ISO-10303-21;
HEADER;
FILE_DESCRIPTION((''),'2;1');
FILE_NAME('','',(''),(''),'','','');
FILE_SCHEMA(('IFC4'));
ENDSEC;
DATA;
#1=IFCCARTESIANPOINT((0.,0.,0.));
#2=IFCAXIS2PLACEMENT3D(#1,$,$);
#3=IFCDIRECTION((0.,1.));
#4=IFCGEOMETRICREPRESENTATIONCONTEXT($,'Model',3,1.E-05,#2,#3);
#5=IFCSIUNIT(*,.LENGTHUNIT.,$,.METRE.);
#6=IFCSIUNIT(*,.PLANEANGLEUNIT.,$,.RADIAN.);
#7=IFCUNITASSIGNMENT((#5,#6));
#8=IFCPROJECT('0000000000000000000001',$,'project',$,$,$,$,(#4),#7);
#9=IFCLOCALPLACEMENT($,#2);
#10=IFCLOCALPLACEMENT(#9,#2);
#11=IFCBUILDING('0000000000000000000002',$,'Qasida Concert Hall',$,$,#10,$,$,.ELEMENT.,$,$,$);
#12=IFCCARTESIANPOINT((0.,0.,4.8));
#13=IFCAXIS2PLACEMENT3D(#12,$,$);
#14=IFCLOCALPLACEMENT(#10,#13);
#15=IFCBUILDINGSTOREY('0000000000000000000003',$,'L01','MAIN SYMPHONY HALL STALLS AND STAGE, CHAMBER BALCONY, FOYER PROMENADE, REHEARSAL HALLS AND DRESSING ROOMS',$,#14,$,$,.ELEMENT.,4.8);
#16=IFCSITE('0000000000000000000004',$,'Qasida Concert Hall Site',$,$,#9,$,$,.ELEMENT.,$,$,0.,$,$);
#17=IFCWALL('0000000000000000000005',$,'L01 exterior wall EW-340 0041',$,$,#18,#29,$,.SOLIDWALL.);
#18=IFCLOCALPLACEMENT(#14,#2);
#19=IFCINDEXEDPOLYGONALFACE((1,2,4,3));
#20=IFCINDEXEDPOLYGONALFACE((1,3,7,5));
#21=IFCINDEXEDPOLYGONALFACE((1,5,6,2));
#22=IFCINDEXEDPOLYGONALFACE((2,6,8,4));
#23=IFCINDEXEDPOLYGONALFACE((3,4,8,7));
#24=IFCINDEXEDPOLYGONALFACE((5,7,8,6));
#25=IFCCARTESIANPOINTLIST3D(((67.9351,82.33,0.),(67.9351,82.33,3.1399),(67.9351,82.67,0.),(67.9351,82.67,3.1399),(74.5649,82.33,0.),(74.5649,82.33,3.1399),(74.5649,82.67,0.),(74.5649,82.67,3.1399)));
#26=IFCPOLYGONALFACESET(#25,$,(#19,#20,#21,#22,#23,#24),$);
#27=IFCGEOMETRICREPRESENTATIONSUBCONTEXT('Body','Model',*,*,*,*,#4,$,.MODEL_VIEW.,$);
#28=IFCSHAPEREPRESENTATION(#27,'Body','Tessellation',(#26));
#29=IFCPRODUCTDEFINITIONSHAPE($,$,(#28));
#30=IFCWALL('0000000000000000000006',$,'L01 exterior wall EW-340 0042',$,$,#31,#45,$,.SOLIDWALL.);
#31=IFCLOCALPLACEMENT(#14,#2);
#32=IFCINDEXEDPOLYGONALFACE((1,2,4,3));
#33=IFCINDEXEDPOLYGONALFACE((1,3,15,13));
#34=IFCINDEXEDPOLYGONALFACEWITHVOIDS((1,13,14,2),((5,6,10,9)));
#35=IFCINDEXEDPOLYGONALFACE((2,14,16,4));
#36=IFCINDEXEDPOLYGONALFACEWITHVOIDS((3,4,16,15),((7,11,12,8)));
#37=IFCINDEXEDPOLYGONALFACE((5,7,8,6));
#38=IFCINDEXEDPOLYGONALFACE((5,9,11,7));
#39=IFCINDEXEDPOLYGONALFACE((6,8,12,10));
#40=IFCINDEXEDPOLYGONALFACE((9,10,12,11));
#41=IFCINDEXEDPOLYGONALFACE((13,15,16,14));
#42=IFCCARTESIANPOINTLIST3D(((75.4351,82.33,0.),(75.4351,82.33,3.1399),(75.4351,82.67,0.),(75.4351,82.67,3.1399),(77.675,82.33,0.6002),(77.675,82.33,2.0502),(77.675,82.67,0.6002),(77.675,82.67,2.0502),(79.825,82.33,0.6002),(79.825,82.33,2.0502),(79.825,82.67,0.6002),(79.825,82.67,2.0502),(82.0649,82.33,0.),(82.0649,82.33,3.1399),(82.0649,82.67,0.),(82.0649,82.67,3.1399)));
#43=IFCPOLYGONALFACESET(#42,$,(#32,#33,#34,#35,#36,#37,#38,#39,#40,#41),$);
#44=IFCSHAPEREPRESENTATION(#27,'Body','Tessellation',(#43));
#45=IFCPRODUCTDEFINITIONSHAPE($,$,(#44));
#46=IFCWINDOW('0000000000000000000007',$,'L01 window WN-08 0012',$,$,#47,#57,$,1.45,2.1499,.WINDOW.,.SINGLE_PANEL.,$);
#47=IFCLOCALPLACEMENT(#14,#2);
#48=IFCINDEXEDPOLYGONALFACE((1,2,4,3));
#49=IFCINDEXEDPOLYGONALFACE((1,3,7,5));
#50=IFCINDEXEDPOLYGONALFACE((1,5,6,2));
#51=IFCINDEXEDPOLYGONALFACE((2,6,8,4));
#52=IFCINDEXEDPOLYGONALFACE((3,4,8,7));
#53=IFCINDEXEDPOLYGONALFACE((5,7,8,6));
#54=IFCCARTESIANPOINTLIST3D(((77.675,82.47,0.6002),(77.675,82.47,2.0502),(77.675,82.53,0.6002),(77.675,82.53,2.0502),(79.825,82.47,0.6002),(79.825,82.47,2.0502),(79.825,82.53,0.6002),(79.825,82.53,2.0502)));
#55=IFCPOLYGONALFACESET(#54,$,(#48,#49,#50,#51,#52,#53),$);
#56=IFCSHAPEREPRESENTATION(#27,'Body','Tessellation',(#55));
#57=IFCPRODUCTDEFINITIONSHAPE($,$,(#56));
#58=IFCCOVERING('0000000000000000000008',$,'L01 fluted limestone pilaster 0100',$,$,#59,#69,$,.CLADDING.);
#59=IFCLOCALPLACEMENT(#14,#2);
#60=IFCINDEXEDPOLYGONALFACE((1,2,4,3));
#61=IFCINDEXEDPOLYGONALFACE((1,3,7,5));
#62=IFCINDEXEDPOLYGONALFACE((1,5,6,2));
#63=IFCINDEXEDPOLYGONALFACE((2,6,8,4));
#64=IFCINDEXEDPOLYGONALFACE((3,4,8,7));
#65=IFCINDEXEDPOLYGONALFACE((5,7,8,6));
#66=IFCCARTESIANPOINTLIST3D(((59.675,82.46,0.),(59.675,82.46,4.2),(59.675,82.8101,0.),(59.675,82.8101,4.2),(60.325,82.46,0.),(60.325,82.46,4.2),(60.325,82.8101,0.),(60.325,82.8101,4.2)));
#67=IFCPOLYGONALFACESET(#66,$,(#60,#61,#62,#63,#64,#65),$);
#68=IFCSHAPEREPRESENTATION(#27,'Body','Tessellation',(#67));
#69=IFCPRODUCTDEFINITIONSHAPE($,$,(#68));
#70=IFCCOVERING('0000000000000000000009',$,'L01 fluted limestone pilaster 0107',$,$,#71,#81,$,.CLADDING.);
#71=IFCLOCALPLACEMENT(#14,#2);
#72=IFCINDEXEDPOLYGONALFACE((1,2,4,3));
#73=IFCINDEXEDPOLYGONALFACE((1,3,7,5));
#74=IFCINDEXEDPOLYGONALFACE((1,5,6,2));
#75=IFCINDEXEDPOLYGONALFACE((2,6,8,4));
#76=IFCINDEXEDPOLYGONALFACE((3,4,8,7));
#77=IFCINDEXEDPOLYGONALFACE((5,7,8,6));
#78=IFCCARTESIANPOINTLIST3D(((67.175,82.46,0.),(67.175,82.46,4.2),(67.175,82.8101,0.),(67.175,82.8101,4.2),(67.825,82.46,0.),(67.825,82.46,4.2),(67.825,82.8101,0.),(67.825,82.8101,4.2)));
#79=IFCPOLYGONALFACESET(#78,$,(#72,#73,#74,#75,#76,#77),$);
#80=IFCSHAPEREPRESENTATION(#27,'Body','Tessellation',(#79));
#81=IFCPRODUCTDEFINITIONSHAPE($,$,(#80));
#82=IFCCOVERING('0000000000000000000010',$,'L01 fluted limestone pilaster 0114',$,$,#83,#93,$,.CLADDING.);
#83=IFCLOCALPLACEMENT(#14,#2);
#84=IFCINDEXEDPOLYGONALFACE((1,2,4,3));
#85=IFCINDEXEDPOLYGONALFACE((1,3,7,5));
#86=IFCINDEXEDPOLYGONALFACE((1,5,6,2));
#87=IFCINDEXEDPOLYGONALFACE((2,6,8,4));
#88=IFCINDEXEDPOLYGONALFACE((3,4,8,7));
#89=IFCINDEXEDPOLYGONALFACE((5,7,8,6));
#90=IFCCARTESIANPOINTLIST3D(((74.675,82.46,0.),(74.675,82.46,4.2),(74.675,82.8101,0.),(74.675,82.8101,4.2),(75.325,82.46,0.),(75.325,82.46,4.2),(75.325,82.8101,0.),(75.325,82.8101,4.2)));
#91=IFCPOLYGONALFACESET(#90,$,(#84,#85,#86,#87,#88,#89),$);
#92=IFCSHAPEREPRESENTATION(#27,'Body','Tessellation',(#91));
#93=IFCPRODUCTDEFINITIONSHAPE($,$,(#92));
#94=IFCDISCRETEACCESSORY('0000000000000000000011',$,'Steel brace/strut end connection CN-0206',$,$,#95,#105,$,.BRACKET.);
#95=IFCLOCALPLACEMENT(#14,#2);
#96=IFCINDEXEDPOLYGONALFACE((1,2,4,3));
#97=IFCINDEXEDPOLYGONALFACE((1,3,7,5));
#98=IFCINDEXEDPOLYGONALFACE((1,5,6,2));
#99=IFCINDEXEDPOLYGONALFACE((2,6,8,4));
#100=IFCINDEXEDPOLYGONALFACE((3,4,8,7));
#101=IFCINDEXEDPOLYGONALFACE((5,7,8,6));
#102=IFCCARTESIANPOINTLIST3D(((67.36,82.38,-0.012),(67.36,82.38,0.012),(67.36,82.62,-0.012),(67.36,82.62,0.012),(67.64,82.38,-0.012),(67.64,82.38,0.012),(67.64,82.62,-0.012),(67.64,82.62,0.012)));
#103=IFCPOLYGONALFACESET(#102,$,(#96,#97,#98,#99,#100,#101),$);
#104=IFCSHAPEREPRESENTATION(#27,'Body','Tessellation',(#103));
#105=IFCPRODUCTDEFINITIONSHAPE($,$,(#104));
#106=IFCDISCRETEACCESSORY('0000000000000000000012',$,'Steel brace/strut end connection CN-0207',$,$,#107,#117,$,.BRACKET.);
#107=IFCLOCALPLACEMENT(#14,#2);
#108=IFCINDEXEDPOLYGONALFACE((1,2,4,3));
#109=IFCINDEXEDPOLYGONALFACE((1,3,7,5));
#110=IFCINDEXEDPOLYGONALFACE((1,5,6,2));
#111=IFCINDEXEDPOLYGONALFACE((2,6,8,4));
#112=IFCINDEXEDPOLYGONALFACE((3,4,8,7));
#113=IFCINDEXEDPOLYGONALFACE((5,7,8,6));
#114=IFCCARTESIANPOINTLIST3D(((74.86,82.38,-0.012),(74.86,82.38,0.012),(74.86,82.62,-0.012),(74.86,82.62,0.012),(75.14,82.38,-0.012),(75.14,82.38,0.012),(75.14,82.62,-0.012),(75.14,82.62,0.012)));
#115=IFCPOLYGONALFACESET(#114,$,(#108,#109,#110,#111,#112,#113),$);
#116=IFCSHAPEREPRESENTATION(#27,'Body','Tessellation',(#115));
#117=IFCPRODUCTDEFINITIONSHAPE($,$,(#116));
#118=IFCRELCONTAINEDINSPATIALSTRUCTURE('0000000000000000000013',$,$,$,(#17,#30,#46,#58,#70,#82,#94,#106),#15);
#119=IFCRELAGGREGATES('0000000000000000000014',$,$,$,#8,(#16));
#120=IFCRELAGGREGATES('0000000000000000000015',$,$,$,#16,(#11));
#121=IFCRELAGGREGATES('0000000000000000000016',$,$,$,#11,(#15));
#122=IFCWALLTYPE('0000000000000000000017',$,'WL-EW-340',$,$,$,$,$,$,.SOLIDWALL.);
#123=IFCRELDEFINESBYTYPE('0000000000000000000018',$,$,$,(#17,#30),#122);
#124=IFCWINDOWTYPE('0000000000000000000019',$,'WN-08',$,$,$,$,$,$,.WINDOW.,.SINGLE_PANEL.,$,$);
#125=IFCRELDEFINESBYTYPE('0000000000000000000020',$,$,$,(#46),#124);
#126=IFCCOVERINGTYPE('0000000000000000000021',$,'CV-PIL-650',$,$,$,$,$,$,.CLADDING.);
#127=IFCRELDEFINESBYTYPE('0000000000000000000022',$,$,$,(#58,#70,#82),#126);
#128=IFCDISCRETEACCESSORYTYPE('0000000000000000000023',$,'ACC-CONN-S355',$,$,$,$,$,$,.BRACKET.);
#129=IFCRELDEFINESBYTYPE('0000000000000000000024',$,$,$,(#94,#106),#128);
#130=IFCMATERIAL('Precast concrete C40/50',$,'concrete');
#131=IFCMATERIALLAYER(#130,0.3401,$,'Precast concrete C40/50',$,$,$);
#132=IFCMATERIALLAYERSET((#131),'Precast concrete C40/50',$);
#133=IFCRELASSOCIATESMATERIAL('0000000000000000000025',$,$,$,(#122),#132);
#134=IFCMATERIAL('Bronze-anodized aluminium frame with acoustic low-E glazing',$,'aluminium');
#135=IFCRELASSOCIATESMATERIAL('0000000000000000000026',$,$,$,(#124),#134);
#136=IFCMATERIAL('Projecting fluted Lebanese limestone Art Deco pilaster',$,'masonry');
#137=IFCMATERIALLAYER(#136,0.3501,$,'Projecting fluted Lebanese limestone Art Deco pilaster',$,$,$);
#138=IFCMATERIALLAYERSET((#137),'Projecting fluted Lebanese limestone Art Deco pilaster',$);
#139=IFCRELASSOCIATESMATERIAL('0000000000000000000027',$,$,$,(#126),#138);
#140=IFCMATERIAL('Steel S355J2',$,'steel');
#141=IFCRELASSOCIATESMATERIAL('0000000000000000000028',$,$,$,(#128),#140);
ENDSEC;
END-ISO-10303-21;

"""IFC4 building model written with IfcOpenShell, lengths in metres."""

from ifc_helpers import new_model, si_unit, direction, frame, frame_2d, origin, origin_2d, place, context, subcontext, project, spatial, rectangle, extrude, material, layer, layer_set, type_object, element, fill, save


model = new_model("IFC4")

# Units and contexts
model_context = context("Model", 3, precision=1e-05, world=origin(), true_north=direction((0.0, 1.0)))
body_context = subcontext(model_context, "Body", "Model", "MODEL_VIEW")
ifc_project = project(units=[si_unit("LENGTHUNIT", "METRE"), si_unit("PLANEANGLEUNIT", "RADIAN")], contexts=[model_context])

# Site, building, storey
site_placement = place(None, origin())
site = spatial("IfcSite", under=ifc_project, at=site_placement, Name="Qasida Concert Hall Site", CompositionType="ELEMENT", RefElevation=0.0)
building_placement = place(site_placement, origin())
building = spatial("IfcBuilding", under=site, at=building_placement, Name="Qasida Concert Hall", CompositionType="ELEMENT")
storey_placement = place(building_placement, frame((0.0, 0.0, 4.8)))
storey = spatial("IfcBuildingStorey", under=building, at=storey_placement, Name="L01", Description="MAIN SYMPHONY HALL STALLS AND STAGE, CHAMBER BALCONY, FOYER PROMENADE, REHEARSAL HALLS AND DRESSING ROOMS", CompositionType="ELEMENT", Elevation=4.8)

# Shared definitions
ifc_material_1 = material(Name="Steel S355J2", Category="steel")

# Shared definitions
ifc_material_2 = material(Name="Precast concrete C40/50", Category="concrete")
ifc_layer_1 = layer(ifc_material_2, 0.3401, Name="Precast concrete C40/50")
ifc_layer_set_1 = layer_set([ifc_layer_1], Name="Precast concrete C40/50")
wall_type_1 = type_object("IfcWallType", Name="WL-EW-340", PredefinedType="SOLIDWALL", material=ifc_layer_set_1)
ifc_material_3 = material(Name="Bronze-anodized aluminium frame with acoustic low-E glazing", Category="aluminium")

# Wall
wall_1_placement = place(storey_placement, frame((67.9351, 82.5, 0.0), z_axis=(0.0, 0.0, 1.0), x_axis=(1.0, 0.0, 0.0)))
element("IfcWall", 1, at=wall_1_placement, inside=storey, type_object=wall_type_1, Name="L01 exterior wall EW-340 0041", PredefinedType="SOLIDWALL", context=body_context, shape_type="SweptSolid", body=[
    extrude(rectangle(XDim=6.6299, YDim=0.3401, at=frame_2d((3.3149, 0.0))), origin(), (0.0, 0.0, 1.0), 3.1399),
])

# Wall, opening, window
wall_2_placement = place(storey_placement, frame((75.4351, 82.5, 0.0), z_axis=(0.0, 0.0, 1.0), x_axis=(1.0, 0.0, 0.0)))
wall_2 = element("IfcWall", 2, at=wall_2_placement, inside=storey, type_object=wall_type_1, Name="L01 exterior wall EW-340 0042", PredefinedType="SOLIDWALL", context=body_context, shape_type="SweptSolid", body=[
    extrude(rectangle(XDim=6.6299, YDim=0.3401, at=frame_2d((3.3149, 0.0))), origin(), (0.0, 0.0, 1.0), 3.1399),
])
opening_1_placement = place(wall_2_placement, frame((2.24, 0.0, 0.6001)))
opening_1 = element("IfcOpeningElement", 3, at=opening_1_placement, cuts=wall_2, PredefinedType="OPENING", context=body_context, shape_type="SweptSolid", body=[
    extrude(rectangle(XDim=2.1499, YDim=1.45, at=frame_2d((1.075, 0.7251))), frame((0.0, 0.1799, 0.0), z_axis=(0.0, -1.0, 0.0), x_axis=(1.0, 0.0, 0.0)), (0.0, 0.0, 1.0), 0.3601),
])
window_type_1 = type_object("IfcWindowType", Name="WN-08", PartitioningType="SINGLE_PANEL", PredefinedType="WINDOW", material=ifc_material_3)
window_1_placement = place(opening_1_placement, origin())
window_1 = element("IfcWindow", 4, at=window_1_placement, inside=storey, type_object=window_type_1, Name="L01 window WN-08 0012", OverallHeight=1.45, OverallWidth=2.1499, PartitioningType="SINGLE_PANEL", PredefinedType="WINDOW", context=body_context, shape_type="SweptSolid", body=[
    extrude(rectangle(XDim=2.1499, YDim=1.45, at=frame_2d((1.075, 0.7251))), frame((0.0, 0.03, 0.0), z_axis=(0.0, -1.0, 0.0), x_axis=(1.0, 0.0, 0.0)), (0.0, 0.0, 1.0), 0.0601),
])
fill(opening_1, window_1)

# Coverings
ifc_material_4 = material(Name="Projecting fluted Lebanese limestone Art Deco pilaster", Category="masonry")
ifc_layer_2 = layer(ifc_material_4, 0.3501, Name="Projecting fluted Lebanese limestone Art Deco pilaster")
ifc_layer_set_2 = layer_set([ifc_layer_2], Name="Projecting fluted Lebanese limestone Art Deco pilaster")
covering_type = type_object("IfcCoveringType", Name="CV-PIL-650", PredefinedType="CLADDING", material=ifc_layer_set_2)
for number, where, z_axis, x_axis, name in (
    (5, (60.0, 82.635, 0.0), (0.0, 0.0, 1.0), (1.0, 0.0, 0.0), "L01 fluted limestone pilaster 0100"),
    (6, (67.5, 82.635, 0.0), (0.0, 0.0, 1.0), (1.0, 0.0, 0.0), "L01 fluted limestone pilaster 0107"),
    (7, (75.0, 82.635, 0.0), (0.0, 0.0, 1.0), (1.0, 0.0, 0.0), "L01 fluted limestone pilaster 0114"),
):
    element("IfcCovering", number, at=place(storey_placement, frame(where, z_axis=z_axis, x_axis=x_axis)), inside=storey, type_object=covering_type, Name=name, PredefinedType="CLADDING", context=body_context, shape_type="SweptSolid", body=[
        extrude(rectangle(XDim=0.6499, YDim=0.3501, at=origin_2d()), origin(), (0.0, 0.0, 1.0), 4.2),
    ])

# Discrete accessories
discrete_accessory_type = type_object("IfcDiscreteAccessoryType", Name="ACC-CONN-S355", PredefinedType="BRACKET", material=ifc_material_1)
for number, where, z_axis, x_axis, name in (
    (8, (67.5, 82.5, -0.012), (0.0, 0.0, 1.0), (1.0, 0.0, 0.0), "Steel brace/strut end connection CN-0206"),
    (9, (75.0, 82.5, -0.012), (0.0, 0.0, 1.0), (1.0, 0.0, 0.0), "Steel brace/strut end connection CN-0207"),
):
    element("IfcDiscreteAccessory", number, at=place(storey_placement, frame(where, z_axis=z_axis, x_axis=x_axis)), inside=storey, type_object=discrete_accessory_type, Name=name, PredefinedType="BRACKET", context=body_context, shape_type="SweptSolid", body=[
        extrude(rectangle(XDim=0.28, YDim=0.24, at=origin_2d()), origin(), (0.0, 0.0, 1.0), 0.0239),
    ])

save(model, "model.ifc")
